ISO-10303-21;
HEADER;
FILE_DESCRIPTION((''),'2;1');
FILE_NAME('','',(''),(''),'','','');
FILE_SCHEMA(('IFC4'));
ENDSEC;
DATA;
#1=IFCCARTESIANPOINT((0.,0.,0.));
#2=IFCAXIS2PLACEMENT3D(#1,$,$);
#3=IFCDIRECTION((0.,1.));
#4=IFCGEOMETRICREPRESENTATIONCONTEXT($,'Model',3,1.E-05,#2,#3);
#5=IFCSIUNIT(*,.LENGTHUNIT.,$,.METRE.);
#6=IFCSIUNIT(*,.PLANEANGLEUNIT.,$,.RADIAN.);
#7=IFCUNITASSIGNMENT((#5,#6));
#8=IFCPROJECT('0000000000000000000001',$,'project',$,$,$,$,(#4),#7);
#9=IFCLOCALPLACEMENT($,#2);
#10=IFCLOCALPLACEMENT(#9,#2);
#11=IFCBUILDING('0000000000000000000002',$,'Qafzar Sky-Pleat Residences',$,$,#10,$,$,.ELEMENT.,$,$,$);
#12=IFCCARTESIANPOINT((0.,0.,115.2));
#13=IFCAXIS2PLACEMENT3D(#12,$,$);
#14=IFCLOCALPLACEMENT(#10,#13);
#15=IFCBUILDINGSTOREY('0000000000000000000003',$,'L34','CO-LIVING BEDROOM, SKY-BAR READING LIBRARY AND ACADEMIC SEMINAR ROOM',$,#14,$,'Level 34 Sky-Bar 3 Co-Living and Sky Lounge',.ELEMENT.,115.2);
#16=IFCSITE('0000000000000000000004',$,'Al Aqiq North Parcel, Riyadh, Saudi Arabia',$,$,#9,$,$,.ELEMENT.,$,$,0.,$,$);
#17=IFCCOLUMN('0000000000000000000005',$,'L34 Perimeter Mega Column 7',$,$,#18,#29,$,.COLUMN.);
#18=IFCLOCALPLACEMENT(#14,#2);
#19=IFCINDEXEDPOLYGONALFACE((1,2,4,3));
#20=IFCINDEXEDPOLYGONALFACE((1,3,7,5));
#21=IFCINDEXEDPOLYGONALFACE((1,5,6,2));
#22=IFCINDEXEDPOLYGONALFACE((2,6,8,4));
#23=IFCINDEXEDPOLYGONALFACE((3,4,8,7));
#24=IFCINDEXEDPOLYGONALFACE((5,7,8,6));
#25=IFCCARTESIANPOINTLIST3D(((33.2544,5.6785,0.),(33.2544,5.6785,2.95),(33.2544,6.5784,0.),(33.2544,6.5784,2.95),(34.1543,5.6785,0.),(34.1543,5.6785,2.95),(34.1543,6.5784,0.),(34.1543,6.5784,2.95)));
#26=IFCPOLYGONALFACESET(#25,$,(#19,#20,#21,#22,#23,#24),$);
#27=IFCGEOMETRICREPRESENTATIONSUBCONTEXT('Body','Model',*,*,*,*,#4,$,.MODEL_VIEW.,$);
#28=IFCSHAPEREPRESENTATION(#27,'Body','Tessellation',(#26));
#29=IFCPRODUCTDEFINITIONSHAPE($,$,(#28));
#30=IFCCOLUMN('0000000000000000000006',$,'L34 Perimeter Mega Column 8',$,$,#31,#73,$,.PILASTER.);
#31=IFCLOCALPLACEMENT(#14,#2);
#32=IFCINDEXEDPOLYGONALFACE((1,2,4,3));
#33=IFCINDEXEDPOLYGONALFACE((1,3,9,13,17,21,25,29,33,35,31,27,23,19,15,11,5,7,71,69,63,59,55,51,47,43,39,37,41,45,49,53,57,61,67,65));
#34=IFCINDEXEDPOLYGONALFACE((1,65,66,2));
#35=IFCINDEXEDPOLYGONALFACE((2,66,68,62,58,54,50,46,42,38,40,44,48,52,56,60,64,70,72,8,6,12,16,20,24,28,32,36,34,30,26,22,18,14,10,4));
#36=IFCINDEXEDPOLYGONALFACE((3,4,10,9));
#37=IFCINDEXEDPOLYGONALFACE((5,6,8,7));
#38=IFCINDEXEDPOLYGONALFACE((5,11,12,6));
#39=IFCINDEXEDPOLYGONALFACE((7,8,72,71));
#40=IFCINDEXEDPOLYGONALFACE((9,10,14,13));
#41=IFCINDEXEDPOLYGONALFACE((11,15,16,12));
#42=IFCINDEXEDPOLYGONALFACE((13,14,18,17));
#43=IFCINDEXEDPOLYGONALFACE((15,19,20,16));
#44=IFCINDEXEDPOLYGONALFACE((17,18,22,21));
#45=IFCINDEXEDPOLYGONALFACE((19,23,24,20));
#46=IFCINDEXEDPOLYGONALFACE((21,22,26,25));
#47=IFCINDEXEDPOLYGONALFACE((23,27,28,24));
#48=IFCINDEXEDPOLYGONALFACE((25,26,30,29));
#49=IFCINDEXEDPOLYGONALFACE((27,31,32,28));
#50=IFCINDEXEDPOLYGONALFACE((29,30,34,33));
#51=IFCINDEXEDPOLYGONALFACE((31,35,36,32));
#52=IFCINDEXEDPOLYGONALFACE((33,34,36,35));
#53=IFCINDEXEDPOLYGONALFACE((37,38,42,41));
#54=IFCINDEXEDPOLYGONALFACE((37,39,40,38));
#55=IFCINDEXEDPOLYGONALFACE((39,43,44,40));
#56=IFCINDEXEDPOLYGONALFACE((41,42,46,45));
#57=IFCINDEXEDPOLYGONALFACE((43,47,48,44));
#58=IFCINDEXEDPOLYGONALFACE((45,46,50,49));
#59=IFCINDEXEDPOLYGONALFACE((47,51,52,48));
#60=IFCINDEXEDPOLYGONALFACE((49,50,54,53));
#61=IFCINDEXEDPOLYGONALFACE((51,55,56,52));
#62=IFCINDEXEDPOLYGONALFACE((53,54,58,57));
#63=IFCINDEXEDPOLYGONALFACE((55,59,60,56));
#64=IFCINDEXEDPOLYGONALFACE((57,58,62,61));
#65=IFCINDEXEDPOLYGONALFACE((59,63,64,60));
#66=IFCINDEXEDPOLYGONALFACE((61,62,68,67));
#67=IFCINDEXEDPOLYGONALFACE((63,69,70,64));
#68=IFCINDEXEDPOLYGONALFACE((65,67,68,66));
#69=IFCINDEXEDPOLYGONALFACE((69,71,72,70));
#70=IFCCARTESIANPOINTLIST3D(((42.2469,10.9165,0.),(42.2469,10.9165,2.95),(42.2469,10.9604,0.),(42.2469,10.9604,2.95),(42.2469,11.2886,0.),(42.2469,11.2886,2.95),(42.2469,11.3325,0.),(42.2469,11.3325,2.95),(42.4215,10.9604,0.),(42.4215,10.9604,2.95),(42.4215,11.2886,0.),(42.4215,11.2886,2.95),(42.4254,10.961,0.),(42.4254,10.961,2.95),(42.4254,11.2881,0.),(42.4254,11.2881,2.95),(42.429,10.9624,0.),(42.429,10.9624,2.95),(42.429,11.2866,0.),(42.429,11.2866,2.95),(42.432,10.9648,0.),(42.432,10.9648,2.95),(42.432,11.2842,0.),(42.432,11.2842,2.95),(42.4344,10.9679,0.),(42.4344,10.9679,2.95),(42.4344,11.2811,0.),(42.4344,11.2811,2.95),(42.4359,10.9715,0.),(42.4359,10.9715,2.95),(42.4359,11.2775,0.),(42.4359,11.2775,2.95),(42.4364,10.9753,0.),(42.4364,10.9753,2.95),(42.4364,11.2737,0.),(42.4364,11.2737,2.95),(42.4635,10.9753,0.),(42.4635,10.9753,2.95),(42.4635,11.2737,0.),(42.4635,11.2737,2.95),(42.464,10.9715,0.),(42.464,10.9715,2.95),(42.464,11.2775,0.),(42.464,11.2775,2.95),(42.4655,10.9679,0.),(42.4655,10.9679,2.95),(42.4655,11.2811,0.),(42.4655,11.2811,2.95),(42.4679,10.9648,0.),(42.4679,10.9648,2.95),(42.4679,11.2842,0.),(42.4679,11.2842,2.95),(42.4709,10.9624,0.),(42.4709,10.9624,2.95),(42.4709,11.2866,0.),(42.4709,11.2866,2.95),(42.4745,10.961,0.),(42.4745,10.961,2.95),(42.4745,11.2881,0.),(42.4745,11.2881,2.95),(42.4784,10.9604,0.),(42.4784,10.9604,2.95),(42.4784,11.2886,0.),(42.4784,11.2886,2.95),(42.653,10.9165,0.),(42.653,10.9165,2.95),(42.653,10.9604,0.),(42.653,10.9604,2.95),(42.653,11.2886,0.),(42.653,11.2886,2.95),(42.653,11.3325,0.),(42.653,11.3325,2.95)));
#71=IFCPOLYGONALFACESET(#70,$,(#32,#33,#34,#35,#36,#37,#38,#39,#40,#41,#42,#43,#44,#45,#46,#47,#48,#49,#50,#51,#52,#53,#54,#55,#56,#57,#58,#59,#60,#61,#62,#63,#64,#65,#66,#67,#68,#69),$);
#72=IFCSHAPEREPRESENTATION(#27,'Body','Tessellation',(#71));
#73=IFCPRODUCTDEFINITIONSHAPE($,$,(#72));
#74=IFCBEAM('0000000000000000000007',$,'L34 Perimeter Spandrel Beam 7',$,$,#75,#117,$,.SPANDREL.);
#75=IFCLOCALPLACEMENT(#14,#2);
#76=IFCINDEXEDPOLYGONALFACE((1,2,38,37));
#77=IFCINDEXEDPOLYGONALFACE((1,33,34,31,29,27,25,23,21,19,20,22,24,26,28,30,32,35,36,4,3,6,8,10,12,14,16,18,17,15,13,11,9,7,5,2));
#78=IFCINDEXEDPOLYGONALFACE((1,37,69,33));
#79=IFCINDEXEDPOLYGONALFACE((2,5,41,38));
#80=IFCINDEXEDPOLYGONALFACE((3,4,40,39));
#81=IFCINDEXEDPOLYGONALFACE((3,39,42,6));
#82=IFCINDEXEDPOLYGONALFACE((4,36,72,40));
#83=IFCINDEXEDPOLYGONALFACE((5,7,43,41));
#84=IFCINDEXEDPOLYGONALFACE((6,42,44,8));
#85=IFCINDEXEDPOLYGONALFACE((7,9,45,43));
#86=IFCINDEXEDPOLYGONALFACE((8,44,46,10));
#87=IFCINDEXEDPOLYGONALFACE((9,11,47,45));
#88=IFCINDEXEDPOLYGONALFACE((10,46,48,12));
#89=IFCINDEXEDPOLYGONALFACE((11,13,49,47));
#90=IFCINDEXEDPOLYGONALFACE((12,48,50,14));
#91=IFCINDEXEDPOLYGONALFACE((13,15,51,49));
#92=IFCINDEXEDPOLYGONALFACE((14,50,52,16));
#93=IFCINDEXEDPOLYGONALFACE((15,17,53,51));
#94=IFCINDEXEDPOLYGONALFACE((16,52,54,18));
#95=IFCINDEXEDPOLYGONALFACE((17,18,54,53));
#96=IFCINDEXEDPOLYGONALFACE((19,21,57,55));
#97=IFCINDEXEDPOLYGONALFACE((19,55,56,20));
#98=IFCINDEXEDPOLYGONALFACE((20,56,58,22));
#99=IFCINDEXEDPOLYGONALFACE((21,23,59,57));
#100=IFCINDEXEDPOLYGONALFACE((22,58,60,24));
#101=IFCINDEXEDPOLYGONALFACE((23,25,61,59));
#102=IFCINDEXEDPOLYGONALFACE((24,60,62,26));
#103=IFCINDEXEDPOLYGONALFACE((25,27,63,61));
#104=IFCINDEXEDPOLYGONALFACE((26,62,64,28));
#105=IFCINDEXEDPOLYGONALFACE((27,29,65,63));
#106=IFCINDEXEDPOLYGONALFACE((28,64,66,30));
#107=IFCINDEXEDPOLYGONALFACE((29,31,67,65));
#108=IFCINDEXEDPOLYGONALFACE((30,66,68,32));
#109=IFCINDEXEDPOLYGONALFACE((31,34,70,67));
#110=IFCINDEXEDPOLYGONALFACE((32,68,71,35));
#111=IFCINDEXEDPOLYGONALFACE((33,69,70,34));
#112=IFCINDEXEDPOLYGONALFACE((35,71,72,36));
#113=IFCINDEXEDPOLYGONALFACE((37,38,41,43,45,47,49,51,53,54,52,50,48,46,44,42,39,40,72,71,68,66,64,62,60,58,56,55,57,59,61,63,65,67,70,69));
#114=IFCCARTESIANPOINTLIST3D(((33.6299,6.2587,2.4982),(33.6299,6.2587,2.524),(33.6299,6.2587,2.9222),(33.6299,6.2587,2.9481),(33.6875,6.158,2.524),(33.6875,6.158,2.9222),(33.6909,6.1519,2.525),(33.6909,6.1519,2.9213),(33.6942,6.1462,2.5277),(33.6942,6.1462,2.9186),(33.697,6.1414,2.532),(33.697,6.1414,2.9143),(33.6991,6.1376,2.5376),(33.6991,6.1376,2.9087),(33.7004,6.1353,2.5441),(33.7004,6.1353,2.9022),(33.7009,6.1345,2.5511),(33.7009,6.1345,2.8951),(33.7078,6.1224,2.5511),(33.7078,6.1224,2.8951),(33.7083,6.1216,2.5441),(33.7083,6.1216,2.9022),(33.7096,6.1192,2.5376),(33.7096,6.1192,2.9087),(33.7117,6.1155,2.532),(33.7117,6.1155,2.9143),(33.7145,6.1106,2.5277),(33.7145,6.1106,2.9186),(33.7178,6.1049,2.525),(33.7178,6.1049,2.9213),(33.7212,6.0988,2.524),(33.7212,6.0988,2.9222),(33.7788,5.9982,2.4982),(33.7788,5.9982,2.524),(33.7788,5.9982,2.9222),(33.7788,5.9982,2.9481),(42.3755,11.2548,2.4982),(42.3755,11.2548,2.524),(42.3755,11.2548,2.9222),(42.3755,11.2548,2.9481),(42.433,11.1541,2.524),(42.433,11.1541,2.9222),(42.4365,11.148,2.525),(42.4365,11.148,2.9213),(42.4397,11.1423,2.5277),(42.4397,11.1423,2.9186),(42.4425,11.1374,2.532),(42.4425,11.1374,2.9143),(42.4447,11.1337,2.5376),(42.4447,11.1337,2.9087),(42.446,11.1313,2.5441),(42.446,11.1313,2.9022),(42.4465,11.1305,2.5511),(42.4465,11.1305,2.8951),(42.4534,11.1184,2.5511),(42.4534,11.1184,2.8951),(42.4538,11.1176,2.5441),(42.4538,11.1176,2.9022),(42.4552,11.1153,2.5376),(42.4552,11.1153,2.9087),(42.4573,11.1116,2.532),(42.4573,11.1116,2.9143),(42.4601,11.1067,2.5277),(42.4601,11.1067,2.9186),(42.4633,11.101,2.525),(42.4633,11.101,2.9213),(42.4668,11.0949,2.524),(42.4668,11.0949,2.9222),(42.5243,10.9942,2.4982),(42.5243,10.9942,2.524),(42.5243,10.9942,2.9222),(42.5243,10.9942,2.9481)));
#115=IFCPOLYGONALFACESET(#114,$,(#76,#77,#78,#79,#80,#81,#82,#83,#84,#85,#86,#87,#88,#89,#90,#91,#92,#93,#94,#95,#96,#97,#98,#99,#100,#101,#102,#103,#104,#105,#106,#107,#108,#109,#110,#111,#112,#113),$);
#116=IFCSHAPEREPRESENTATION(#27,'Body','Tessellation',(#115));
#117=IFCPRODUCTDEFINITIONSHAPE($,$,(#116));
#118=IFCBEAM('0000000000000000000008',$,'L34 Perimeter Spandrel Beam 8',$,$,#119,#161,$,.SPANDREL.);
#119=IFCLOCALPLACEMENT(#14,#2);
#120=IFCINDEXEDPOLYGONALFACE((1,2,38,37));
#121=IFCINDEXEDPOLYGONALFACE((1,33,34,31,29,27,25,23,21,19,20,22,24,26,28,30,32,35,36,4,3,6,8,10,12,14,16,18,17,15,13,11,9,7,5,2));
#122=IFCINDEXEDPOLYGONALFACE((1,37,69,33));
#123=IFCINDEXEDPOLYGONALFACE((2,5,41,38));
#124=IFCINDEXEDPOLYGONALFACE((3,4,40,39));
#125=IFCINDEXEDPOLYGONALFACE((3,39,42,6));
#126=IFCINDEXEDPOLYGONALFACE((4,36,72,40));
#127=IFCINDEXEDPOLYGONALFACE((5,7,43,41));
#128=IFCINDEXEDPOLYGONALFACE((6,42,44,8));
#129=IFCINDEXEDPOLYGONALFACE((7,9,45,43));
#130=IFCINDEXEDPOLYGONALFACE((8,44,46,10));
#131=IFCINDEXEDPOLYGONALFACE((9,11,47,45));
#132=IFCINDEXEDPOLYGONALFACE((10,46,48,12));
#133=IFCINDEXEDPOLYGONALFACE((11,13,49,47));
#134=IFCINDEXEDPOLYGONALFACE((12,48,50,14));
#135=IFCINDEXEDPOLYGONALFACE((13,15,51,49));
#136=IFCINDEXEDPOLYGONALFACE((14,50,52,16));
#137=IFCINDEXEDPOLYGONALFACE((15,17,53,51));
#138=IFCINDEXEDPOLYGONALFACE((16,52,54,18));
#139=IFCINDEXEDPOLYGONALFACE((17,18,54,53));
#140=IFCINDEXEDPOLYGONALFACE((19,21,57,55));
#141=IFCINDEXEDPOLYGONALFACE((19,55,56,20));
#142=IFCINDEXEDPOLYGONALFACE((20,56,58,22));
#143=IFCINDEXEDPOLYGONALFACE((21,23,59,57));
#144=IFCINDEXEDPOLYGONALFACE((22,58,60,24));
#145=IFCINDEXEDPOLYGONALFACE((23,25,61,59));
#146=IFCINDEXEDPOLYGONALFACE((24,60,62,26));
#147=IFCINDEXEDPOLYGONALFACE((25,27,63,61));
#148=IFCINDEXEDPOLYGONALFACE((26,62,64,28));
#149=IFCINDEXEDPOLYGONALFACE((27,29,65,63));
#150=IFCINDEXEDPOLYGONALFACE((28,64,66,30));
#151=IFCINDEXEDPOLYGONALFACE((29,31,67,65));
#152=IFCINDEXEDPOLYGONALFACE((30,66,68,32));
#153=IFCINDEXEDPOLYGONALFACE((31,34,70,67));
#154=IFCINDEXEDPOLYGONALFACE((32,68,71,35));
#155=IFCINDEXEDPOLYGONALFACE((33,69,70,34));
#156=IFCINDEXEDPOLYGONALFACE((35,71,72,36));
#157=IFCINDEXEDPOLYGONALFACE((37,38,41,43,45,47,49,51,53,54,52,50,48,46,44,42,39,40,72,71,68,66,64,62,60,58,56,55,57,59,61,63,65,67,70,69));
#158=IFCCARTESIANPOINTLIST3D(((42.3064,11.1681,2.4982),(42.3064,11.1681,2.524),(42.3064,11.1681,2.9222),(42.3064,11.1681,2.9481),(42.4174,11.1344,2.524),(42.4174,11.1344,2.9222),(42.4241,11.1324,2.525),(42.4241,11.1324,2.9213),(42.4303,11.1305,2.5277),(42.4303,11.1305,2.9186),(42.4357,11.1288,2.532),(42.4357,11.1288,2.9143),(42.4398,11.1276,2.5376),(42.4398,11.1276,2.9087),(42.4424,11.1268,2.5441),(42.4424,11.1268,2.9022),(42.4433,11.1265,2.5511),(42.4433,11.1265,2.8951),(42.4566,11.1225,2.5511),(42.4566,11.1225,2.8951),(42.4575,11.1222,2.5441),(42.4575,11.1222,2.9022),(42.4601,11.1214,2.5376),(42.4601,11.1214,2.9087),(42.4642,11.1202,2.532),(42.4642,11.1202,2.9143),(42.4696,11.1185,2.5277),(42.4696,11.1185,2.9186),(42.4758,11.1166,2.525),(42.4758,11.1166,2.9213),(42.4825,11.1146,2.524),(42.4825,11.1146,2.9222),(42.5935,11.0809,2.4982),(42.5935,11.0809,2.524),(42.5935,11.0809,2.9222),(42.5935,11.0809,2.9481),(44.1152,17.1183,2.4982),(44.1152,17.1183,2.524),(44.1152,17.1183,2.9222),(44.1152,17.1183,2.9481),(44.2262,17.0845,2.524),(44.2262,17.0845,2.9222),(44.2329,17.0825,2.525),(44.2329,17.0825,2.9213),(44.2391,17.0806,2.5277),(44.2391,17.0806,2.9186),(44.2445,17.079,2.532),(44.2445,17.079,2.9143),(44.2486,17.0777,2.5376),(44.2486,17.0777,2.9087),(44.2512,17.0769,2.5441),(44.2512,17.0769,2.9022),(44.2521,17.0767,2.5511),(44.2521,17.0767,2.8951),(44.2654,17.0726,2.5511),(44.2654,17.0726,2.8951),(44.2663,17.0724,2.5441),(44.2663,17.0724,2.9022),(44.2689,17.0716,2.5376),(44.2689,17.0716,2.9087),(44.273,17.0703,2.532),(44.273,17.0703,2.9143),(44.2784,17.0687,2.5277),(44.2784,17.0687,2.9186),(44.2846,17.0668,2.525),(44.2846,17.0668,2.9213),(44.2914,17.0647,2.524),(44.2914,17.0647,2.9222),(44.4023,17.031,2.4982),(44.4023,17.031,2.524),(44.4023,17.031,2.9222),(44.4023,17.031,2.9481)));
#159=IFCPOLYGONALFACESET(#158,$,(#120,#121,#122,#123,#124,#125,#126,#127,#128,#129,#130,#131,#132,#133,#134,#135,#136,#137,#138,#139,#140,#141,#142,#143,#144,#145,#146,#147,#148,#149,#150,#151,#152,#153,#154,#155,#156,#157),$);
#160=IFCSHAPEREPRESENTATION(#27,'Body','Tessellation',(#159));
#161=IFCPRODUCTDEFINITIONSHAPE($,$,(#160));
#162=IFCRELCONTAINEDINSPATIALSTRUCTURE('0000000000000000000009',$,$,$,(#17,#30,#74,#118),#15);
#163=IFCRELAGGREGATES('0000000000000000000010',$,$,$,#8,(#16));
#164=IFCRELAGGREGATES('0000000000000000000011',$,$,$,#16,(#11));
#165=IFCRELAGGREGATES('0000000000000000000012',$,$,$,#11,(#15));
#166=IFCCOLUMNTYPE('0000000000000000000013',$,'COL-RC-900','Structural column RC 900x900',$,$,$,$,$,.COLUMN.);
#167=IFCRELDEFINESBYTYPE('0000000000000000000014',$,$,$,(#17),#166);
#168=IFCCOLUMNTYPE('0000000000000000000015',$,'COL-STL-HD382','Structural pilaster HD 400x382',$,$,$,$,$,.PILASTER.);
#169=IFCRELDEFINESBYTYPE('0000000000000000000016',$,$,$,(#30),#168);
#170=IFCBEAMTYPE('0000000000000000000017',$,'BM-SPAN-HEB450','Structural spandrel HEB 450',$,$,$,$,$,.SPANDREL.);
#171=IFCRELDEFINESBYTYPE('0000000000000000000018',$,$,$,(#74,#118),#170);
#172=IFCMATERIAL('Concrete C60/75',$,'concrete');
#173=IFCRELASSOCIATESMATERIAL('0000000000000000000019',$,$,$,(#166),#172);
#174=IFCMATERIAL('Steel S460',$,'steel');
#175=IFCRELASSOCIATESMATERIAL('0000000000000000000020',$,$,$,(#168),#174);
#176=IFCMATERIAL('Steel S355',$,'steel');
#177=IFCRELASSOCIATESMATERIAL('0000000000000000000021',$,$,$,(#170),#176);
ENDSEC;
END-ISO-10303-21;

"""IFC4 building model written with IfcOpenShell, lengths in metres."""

from ifc_helpers import new_model, si_unit, direction, frame, origin, origin_2d, place, context, subcontext, project, spatial, rectangle, i_section, extrude, source, transform, mapped, material, material_profile, profile_set, type_object, element, save


model = new_model("IFC4")

# Units and contexts
model_context = context("Model", 3, precision=1e-05, world=origin(), true_north=direction((0.0, 1.0)))
body_context = subcontext(model_context, "Body", "Model", "MODEL_VIEW")
ifc_project = project(units=[si_unit("LENGTHUNIT", "METRE"), si_unit("PLANEANGLEUNIT", "RADIAN")], contexts=[model_context])

# Site, building, storey
site_placement = place(None, origin())
site = spatial("IfcSite", under=ifc_project, at=site_placement, Name="Al Aqiq North Parcel, Riyadh, Saudi Arabia", CompositionType="ELEMENT", RefElevation=0.0)
building_placement = place(site_placement, origin())
building = spatial("IfcBuilding", under=site, at=building_placement, Name="Qafzar Sky-Pleat Residences", CompositionType="ELEMENT")
storey_placement = place(building_placement, frame((0.0, 0.0, 115.2)))
storey = spatial("IfcBuildingStorey", under=building, at=storey_placement, Name="L34", Description="CO-LIVING BEDROOM, SKY-BAR READING LIBRARY AND ACADEMIC SEMINAR ROOM", LongName="Level 34 Sky-Bar 3 Co-Living and Sky Lounge", CompositionType="ELEMENT", Elevation=115.2)

# Columns
ifc_material_1 = material(Name="Concrete C60/75", Category="concrete")
ifc_material_profile_1 = material_profile(ifc_material_1, rectangle(XDim=0.8999, YDim=0.8999, at=origin_2d()), Name="RC 900x900")
ifc_profile_set_1 = profile_set([ifc_material_profile_1], Name="Concrete C60/75")
column_type_1 = type_object("IfcColumnType", Name="COL-RC-900", Description="Structural column RC 900x900", PredefinedType="COLUMN", material=ifc_profile_set_1)
shared_shape_1 = source(origin(), body_context, "Body", "SweptSolid", [
    extrude(rectangle(XDim=0.8999, YDim=0.8999, at=origin_2d()), origin(), (0.0, 0.0, 1.0), 2.95),
])
column_1_placement = place(storey_placement, frame((33.7043, 6.1284, 0.0), z_axis=(0.0, 0.0, 1.0), x_axis=(1.0, 0.0, 0.0)))
element("IfcColumn", 1, at=column_1_placement, inside=storey, type_object=column_type_1, Name="L34 Perimeter Mega Column 7", PredefinedType="COLUMN", context=body_context, shape_type="MappedRepresentation", body=[
    mapped(shared_shape_1, transform((0.0, 0.0, 0.0), x_axis=(1.0, 0.0, 0.0), y_axis=(0.0, 1.0, 0.0), z_axis=(0.0, 0.0, 1.0), scale=1.0)),
])
ifc_material_2 = material(Name="Steel S460", Category="steel")
ifc_material_profile_2 = material_profile(ifc_material_2, i_section(OverallWidth=0.406, OverallDepth=0.416, WebThickness=0.0271, FlangeThickness=0.0439, FilletRadius=0.0149, at=origin_2d()), Name="HD 400x382")
ifc_profile_set_2 = profile_set([ifc_material_profile_2], Name="Steel S460")
column_type_2 = type_object("IfcColumnType", Name="COL-STL-HD382", Description="Structural pilaster HD 400x382", PredefinedType="PILASTER", material=ifc_profile_set_2)
shared_shape_2 = source(origin(), body_context, "Body", "SweptSolid", [
    extrude(i_section(OverallWidth=0.406, OverallDepth=0.416, WebThickness=0.0271, FlangeThickness=0.0439, FilletRadius=0.0149, at=origin_2d()), origin(), (0.0, 0.0, 1.0), 2.95),
])
column_2_placement = place(storey_placement, frame((42.45, 11.1245, 0.0), z_axis=(0.0, 0.0, 1.0), x_axis=(1.0, 0.0, 0.0)))
element("IfcColumn", 2, at=column_2_placement, inside=storey, type_object=column_type_2, Name="L34 Perimeter Mega Column 8", PredefinedType="PILASTER", context=body_context, shape_type="MappedRepresentation", body=[
    mapped(shared_shape_2, transform((0.0, 0.0, 0.0), x_axis=(1.0, 0.0, 0.0), y_axis=(0.0, 1.0, 0.0), z_axis=(0.0, 0.0, 1.0), scale=1.0)),
])

# Beams
ifc_material_3 = material(Name="Steel S355", Category="steel")
ifc_material_profile_3 = material_profile(ifc_material_3, i_section(OverallWidth=0.3, OverallDepth=0.45, WebThickness=0.0139, FlangeThickness=0.0259, FilletRadius=0.0271, at=origin_2d()), Name="HEB 450")
ifc_profile_set_3 = profile_set([ifc_material_profile_3], Name="Steel S355")
beam_type_1 = type_object("IfcBeamType", Name="BM-SPAN-HEB450", Description="Structural spandrel HEB 450", PredefinedType="SPANDREL", material=ifc_profile_set_3)
shared_shape_3 = source(origin(), body_context, "Body", "SweptSolid", [
    extrude(i_section(OverallWidth=0.3, OverallDepth=0.45, WebThickness=0.0139, FlangeThickness=0.0259, FilletRadius=0.0271, at=origin_2d()), origin(), (0.0, 0.0, 1.0), 10.072),
])
beam_1_placement = place(storey_placement, frame((33.7043, 6.1284, 2.7231), z_axis=(0.868303, 0.496035, 0.0), x_axis=(-0.496035, 0.868303, 0.0)))
element("IfcBeam", 3, at=beam_1_placement, inside=storey, type_object=beam_type_1, Name="L34 Perimeter Spandrel Beam 7", PredefinedType="SPANDREL", context=body_context, shape_type="MappedRepresentation", body=[
    mapped(shared_shape_3, transform((0.0, 0.0, 0.0), x_axis=(1.0, 0.0, 0.0), y_axis=(0.0, 1.0, 0.0), z_axis=(0.0, 0.0, 1.0), scale=1.0)),
])
shared_shape_4 = source(origin(), body_context, "Body", "SweptSolid", [
    extrude(i_section(OverallWidth=0.3, OverallDepth=0.45, WebThickness=0.0139, FlangeThickness=0.0259, FilletRadius=0.0271, at=origin_2d()), origin(), (0.0, 0.0, 1.0), 6.219),
])
beam_2_placement = place(storey_placement, frame((42.45, 11.1245, 2.7231), z_axis=(0.290854, 0.956767, 0.0), x_axis=(-0.956767, 0.290854, 0.0)))
element("IfcBeam", 4, at=beam_2_placement, inside=storey, type_object=beam_type_1, Name="L34 Perimeter Spandrel Beam 8", PredefinedType="SPANDREL", context=body_context, shape_type="MappedRepresentation", body=[
    mapped(shared_shape_4, transform((0.0, 0.0, 0.0), x_axis=(1.0, 0.0, 0.0), y_axis=(0.0, 1.0, 0.0), z_axis=(0.0, 0.0, 1.0), scale=1.0)),
])

save(model, "model.ifc")
